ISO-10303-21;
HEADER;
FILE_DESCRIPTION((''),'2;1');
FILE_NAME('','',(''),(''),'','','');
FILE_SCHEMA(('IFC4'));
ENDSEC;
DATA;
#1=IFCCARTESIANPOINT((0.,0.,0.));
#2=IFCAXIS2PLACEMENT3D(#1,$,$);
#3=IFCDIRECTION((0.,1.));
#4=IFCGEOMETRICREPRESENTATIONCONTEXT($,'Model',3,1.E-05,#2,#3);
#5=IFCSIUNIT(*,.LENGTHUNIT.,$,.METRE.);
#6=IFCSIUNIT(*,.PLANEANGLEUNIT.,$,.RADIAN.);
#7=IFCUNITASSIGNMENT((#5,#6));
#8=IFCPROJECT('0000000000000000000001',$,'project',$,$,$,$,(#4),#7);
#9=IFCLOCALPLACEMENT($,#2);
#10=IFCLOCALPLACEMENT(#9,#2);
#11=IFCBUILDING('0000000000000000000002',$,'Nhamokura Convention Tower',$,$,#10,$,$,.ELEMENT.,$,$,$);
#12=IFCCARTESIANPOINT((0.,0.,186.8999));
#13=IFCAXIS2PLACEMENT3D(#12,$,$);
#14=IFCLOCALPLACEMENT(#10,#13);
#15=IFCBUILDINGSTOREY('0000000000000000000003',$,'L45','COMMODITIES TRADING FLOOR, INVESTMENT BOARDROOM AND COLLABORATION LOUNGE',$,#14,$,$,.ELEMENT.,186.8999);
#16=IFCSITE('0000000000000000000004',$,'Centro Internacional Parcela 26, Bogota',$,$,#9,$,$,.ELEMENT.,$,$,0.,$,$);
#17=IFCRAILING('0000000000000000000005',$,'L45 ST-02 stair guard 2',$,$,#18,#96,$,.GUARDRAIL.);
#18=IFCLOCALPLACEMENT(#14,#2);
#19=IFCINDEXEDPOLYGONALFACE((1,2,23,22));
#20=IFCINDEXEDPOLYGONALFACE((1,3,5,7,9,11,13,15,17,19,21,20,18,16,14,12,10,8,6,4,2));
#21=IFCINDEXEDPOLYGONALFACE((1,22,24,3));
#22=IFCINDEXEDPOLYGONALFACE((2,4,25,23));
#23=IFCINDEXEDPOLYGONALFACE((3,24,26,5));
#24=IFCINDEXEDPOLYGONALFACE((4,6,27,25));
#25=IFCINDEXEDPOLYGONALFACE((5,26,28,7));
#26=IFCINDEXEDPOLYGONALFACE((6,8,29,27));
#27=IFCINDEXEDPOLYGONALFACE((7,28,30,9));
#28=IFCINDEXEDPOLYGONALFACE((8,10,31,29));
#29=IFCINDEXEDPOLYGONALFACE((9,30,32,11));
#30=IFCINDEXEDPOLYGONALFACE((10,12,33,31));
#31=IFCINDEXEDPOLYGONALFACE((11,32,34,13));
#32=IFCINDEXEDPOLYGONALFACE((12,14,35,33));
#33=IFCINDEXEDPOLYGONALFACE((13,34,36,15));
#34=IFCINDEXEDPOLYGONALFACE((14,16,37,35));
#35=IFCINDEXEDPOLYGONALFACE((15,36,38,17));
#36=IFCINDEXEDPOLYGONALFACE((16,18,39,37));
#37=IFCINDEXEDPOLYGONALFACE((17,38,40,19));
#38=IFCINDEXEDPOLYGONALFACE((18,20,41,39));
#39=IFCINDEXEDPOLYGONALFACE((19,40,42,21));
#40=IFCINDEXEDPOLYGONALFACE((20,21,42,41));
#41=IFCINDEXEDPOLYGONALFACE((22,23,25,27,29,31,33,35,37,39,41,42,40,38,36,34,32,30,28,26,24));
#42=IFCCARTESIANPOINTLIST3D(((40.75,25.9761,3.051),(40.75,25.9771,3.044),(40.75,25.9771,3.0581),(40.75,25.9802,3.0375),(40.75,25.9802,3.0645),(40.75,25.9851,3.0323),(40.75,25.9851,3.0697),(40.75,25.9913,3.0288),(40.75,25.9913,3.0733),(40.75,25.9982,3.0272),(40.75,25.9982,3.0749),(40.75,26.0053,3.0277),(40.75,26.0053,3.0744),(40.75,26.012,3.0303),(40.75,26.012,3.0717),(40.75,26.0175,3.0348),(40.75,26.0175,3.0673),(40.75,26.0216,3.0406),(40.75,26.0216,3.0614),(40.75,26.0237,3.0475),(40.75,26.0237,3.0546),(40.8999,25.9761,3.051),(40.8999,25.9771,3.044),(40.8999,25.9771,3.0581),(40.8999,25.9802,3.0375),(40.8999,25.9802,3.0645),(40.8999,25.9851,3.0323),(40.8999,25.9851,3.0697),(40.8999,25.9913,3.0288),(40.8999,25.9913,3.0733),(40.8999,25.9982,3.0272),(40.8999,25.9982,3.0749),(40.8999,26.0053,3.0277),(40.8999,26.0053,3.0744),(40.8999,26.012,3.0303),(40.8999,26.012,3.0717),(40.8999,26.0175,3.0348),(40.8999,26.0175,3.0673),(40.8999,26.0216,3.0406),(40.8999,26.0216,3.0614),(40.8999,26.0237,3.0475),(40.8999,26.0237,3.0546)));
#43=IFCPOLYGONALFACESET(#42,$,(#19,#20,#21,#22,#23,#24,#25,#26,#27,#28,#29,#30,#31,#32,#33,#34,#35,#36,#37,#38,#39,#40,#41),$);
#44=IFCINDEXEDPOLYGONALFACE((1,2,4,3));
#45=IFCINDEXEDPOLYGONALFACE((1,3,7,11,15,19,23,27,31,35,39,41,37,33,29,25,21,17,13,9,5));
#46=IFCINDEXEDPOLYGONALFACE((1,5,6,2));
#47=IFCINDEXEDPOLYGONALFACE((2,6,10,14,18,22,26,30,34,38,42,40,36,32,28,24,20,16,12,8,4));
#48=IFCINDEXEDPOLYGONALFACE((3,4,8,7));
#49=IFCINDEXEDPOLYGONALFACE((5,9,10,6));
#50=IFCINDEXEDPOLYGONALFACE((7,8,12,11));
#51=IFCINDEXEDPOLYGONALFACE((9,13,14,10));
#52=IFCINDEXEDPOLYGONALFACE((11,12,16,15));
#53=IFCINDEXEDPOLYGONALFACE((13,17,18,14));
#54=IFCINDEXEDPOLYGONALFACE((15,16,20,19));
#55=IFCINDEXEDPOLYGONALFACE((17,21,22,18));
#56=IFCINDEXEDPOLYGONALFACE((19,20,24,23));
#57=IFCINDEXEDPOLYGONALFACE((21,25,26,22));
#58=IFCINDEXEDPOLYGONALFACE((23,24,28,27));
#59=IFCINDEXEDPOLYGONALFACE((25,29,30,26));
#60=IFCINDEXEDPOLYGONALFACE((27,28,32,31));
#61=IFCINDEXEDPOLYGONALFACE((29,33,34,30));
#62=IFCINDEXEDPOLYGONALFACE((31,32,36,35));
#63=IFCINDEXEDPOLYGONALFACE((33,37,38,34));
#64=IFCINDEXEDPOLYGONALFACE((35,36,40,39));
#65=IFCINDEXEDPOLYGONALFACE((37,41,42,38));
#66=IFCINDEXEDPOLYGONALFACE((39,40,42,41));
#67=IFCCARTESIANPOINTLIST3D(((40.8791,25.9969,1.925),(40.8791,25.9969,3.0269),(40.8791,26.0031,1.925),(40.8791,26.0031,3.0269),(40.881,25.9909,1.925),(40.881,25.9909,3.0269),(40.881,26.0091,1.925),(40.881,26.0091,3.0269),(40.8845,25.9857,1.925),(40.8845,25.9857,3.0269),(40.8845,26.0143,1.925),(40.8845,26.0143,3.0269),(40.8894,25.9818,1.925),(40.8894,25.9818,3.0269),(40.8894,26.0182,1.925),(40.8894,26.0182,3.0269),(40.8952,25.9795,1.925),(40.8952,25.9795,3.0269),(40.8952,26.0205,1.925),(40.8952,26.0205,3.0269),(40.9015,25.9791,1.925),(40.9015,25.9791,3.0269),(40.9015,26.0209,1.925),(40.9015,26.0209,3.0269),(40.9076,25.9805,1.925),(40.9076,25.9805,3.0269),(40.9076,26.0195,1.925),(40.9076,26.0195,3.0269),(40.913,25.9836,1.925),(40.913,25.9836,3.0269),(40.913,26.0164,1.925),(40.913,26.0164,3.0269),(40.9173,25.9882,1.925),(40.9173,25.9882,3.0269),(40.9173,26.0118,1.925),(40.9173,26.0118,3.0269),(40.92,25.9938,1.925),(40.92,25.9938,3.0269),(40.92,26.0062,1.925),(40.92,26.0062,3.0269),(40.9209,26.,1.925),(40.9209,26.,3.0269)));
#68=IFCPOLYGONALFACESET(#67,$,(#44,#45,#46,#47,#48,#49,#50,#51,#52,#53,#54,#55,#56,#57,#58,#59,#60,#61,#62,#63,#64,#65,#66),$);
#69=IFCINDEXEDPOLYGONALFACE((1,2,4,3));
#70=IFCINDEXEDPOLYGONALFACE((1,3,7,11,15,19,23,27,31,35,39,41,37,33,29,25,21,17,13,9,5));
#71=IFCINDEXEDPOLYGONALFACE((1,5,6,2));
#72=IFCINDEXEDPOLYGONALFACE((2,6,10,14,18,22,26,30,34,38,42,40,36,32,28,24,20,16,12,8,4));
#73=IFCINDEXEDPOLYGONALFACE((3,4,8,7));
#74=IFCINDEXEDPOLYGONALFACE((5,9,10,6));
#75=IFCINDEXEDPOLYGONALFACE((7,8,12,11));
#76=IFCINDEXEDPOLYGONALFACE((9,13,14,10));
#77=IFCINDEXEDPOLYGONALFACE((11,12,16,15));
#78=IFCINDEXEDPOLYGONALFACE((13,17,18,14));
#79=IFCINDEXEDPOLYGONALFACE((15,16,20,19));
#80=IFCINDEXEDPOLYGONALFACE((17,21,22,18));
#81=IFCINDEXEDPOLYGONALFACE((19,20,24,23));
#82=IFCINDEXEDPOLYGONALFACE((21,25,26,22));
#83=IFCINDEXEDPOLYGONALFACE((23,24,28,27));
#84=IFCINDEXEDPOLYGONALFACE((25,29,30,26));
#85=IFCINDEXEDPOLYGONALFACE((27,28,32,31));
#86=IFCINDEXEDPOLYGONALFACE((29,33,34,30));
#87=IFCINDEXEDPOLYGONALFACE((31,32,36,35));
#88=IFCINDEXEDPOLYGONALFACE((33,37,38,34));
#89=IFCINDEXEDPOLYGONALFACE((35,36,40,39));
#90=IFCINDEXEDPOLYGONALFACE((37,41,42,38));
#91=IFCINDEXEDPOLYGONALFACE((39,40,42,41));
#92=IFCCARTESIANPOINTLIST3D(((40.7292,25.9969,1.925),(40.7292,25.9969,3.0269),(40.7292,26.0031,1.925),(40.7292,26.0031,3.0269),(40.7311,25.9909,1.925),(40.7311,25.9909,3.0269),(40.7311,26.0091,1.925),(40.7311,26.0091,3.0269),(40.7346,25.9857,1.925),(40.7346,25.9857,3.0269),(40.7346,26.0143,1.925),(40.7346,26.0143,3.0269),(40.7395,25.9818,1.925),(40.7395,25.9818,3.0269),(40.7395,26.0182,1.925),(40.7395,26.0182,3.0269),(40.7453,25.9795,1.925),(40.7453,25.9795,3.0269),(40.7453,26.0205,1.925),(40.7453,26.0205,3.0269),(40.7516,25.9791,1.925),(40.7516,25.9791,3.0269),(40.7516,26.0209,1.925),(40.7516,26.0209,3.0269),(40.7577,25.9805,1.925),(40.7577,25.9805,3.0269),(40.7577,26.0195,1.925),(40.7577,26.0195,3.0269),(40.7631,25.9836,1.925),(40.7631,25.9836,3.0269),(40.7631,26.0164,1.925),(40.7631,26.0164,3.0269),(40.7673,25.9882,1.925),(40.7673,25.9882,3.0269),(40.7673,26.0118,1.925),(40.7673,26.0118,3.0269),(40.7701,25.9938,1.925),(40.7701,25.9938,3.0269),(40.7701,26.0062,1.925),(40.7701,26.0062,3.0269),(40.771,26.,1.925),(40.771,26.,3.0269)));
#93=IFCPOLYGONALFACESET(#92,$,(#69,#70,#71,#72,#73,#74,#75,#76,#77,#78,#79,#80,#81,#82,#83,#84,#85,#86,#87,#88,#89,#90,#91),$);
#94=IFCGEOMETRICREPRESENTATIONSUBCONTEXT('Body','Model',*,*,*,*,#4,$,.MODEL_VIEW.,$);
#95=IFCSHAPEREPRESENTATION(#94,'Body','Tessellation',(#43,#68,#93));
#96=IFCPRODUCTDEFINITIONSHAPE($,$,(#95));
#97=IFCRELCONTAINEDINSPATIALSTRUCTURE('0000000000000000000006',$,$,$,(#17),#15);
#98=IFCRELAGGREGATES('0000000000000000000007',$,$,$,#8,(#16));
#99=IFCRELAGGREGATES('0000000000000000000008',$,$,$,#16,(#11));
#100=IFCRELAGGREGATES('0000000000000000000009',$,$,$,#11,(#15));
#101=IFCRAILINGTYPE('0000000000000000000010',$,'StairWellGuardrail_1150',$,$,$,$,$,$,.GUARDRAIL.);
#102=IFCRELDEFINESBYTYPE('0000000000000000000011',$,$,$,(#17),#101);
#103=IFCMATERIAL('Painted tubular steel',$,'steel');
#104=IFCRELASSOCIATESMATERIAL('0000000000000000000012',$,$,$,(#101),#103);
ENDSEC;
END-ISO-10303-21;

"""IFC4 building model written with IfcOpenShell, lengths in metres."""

from ifc_helpers import new_model, si_unit, direction, frame, origin, origin_2d, place, context, subcontext, project, spatial, circle, extrude, material, type_object, element, save


model = new_model("IFC4")

# Units and contexts
model_context = context("Model", 3, precision=1e-05, world=origin(), true_north=direction((0.0, 1.0)))
body_context = subcontext(model_context, "Body", "Model", "MODEL_VIEW")
ifc_project = project(units=[si_unit("LENGTHUNIT", "METRE"), si_unit("PLANEANGLEUNIT", "RADIAN")], contexts=[model_context])

# Site, building, storey
site_placement = place(None, origin())
site = spatial("IfcSite", under=ifc_project, at=site_placement, Name="Centro Internacional Parcela 26, Bogota", CompositionType="ELEMENT", RefElevation=0.0)
building_placement = place(site_placement, origin())
building = spatial("IfcBuilding", under=site, at=building_placement, Name="Nhamokura Convention Tower", CompositionType="ELEMENT")
storey_placement = place(building_placement, frame((0.0, 0.0, 186.8999)))
storey = spatial("IfcBuildingStorey", under=building, at=storey_placement, Name="L45", Description="COMMODITIES TRADING FLOOR, INVESTMENT BOARDROOM AND COLLABORATION LOUNGE", CompositionType="ELEMENT", Elevation=186.8999)

# Railing
ifc_material_1 = material(Name="Painted tubular steel", Category="steel")
railing_type_1 = type_object("IfcRailingType", Name="StairWellGuardrail_1150", PredefinedType="GUARDRAIL", material=ifc_material_1)
railing_1_placement = place(storey_placement, frame((40.8999, 26.0, 1.925)))
element("IfcRailing", 1, at=railing_1_placement, inside=storey, type_object=railing_type_1, Name="L45 ST-02 stair guard 2", PredefinedType="GUARDRAIL", context=body_context, shape_type="SweptSolid", body=[
    extrude(circle(Radius=0.0239, at=origin_2d()), frame((0.0, 0.0, 1.126), z_axis=(-1.0, 0.0, 0.0), x_axis=(0.0, -1.0, 0.0)), (0.0, 0.0, 1.0), 0.1499),
    extrude(circle(Radius=0.021, at=origin_2d()), origin(), (0.0, 0.0, 1.0), 1.1018),
    extrude(circle(Radius=0.021, at=origin_2d()), frame((-0.1499, 0.0, 0.0)), (0.0, 0.0, 1.0), 1.1018),
])

save(model, "model.ifc")
